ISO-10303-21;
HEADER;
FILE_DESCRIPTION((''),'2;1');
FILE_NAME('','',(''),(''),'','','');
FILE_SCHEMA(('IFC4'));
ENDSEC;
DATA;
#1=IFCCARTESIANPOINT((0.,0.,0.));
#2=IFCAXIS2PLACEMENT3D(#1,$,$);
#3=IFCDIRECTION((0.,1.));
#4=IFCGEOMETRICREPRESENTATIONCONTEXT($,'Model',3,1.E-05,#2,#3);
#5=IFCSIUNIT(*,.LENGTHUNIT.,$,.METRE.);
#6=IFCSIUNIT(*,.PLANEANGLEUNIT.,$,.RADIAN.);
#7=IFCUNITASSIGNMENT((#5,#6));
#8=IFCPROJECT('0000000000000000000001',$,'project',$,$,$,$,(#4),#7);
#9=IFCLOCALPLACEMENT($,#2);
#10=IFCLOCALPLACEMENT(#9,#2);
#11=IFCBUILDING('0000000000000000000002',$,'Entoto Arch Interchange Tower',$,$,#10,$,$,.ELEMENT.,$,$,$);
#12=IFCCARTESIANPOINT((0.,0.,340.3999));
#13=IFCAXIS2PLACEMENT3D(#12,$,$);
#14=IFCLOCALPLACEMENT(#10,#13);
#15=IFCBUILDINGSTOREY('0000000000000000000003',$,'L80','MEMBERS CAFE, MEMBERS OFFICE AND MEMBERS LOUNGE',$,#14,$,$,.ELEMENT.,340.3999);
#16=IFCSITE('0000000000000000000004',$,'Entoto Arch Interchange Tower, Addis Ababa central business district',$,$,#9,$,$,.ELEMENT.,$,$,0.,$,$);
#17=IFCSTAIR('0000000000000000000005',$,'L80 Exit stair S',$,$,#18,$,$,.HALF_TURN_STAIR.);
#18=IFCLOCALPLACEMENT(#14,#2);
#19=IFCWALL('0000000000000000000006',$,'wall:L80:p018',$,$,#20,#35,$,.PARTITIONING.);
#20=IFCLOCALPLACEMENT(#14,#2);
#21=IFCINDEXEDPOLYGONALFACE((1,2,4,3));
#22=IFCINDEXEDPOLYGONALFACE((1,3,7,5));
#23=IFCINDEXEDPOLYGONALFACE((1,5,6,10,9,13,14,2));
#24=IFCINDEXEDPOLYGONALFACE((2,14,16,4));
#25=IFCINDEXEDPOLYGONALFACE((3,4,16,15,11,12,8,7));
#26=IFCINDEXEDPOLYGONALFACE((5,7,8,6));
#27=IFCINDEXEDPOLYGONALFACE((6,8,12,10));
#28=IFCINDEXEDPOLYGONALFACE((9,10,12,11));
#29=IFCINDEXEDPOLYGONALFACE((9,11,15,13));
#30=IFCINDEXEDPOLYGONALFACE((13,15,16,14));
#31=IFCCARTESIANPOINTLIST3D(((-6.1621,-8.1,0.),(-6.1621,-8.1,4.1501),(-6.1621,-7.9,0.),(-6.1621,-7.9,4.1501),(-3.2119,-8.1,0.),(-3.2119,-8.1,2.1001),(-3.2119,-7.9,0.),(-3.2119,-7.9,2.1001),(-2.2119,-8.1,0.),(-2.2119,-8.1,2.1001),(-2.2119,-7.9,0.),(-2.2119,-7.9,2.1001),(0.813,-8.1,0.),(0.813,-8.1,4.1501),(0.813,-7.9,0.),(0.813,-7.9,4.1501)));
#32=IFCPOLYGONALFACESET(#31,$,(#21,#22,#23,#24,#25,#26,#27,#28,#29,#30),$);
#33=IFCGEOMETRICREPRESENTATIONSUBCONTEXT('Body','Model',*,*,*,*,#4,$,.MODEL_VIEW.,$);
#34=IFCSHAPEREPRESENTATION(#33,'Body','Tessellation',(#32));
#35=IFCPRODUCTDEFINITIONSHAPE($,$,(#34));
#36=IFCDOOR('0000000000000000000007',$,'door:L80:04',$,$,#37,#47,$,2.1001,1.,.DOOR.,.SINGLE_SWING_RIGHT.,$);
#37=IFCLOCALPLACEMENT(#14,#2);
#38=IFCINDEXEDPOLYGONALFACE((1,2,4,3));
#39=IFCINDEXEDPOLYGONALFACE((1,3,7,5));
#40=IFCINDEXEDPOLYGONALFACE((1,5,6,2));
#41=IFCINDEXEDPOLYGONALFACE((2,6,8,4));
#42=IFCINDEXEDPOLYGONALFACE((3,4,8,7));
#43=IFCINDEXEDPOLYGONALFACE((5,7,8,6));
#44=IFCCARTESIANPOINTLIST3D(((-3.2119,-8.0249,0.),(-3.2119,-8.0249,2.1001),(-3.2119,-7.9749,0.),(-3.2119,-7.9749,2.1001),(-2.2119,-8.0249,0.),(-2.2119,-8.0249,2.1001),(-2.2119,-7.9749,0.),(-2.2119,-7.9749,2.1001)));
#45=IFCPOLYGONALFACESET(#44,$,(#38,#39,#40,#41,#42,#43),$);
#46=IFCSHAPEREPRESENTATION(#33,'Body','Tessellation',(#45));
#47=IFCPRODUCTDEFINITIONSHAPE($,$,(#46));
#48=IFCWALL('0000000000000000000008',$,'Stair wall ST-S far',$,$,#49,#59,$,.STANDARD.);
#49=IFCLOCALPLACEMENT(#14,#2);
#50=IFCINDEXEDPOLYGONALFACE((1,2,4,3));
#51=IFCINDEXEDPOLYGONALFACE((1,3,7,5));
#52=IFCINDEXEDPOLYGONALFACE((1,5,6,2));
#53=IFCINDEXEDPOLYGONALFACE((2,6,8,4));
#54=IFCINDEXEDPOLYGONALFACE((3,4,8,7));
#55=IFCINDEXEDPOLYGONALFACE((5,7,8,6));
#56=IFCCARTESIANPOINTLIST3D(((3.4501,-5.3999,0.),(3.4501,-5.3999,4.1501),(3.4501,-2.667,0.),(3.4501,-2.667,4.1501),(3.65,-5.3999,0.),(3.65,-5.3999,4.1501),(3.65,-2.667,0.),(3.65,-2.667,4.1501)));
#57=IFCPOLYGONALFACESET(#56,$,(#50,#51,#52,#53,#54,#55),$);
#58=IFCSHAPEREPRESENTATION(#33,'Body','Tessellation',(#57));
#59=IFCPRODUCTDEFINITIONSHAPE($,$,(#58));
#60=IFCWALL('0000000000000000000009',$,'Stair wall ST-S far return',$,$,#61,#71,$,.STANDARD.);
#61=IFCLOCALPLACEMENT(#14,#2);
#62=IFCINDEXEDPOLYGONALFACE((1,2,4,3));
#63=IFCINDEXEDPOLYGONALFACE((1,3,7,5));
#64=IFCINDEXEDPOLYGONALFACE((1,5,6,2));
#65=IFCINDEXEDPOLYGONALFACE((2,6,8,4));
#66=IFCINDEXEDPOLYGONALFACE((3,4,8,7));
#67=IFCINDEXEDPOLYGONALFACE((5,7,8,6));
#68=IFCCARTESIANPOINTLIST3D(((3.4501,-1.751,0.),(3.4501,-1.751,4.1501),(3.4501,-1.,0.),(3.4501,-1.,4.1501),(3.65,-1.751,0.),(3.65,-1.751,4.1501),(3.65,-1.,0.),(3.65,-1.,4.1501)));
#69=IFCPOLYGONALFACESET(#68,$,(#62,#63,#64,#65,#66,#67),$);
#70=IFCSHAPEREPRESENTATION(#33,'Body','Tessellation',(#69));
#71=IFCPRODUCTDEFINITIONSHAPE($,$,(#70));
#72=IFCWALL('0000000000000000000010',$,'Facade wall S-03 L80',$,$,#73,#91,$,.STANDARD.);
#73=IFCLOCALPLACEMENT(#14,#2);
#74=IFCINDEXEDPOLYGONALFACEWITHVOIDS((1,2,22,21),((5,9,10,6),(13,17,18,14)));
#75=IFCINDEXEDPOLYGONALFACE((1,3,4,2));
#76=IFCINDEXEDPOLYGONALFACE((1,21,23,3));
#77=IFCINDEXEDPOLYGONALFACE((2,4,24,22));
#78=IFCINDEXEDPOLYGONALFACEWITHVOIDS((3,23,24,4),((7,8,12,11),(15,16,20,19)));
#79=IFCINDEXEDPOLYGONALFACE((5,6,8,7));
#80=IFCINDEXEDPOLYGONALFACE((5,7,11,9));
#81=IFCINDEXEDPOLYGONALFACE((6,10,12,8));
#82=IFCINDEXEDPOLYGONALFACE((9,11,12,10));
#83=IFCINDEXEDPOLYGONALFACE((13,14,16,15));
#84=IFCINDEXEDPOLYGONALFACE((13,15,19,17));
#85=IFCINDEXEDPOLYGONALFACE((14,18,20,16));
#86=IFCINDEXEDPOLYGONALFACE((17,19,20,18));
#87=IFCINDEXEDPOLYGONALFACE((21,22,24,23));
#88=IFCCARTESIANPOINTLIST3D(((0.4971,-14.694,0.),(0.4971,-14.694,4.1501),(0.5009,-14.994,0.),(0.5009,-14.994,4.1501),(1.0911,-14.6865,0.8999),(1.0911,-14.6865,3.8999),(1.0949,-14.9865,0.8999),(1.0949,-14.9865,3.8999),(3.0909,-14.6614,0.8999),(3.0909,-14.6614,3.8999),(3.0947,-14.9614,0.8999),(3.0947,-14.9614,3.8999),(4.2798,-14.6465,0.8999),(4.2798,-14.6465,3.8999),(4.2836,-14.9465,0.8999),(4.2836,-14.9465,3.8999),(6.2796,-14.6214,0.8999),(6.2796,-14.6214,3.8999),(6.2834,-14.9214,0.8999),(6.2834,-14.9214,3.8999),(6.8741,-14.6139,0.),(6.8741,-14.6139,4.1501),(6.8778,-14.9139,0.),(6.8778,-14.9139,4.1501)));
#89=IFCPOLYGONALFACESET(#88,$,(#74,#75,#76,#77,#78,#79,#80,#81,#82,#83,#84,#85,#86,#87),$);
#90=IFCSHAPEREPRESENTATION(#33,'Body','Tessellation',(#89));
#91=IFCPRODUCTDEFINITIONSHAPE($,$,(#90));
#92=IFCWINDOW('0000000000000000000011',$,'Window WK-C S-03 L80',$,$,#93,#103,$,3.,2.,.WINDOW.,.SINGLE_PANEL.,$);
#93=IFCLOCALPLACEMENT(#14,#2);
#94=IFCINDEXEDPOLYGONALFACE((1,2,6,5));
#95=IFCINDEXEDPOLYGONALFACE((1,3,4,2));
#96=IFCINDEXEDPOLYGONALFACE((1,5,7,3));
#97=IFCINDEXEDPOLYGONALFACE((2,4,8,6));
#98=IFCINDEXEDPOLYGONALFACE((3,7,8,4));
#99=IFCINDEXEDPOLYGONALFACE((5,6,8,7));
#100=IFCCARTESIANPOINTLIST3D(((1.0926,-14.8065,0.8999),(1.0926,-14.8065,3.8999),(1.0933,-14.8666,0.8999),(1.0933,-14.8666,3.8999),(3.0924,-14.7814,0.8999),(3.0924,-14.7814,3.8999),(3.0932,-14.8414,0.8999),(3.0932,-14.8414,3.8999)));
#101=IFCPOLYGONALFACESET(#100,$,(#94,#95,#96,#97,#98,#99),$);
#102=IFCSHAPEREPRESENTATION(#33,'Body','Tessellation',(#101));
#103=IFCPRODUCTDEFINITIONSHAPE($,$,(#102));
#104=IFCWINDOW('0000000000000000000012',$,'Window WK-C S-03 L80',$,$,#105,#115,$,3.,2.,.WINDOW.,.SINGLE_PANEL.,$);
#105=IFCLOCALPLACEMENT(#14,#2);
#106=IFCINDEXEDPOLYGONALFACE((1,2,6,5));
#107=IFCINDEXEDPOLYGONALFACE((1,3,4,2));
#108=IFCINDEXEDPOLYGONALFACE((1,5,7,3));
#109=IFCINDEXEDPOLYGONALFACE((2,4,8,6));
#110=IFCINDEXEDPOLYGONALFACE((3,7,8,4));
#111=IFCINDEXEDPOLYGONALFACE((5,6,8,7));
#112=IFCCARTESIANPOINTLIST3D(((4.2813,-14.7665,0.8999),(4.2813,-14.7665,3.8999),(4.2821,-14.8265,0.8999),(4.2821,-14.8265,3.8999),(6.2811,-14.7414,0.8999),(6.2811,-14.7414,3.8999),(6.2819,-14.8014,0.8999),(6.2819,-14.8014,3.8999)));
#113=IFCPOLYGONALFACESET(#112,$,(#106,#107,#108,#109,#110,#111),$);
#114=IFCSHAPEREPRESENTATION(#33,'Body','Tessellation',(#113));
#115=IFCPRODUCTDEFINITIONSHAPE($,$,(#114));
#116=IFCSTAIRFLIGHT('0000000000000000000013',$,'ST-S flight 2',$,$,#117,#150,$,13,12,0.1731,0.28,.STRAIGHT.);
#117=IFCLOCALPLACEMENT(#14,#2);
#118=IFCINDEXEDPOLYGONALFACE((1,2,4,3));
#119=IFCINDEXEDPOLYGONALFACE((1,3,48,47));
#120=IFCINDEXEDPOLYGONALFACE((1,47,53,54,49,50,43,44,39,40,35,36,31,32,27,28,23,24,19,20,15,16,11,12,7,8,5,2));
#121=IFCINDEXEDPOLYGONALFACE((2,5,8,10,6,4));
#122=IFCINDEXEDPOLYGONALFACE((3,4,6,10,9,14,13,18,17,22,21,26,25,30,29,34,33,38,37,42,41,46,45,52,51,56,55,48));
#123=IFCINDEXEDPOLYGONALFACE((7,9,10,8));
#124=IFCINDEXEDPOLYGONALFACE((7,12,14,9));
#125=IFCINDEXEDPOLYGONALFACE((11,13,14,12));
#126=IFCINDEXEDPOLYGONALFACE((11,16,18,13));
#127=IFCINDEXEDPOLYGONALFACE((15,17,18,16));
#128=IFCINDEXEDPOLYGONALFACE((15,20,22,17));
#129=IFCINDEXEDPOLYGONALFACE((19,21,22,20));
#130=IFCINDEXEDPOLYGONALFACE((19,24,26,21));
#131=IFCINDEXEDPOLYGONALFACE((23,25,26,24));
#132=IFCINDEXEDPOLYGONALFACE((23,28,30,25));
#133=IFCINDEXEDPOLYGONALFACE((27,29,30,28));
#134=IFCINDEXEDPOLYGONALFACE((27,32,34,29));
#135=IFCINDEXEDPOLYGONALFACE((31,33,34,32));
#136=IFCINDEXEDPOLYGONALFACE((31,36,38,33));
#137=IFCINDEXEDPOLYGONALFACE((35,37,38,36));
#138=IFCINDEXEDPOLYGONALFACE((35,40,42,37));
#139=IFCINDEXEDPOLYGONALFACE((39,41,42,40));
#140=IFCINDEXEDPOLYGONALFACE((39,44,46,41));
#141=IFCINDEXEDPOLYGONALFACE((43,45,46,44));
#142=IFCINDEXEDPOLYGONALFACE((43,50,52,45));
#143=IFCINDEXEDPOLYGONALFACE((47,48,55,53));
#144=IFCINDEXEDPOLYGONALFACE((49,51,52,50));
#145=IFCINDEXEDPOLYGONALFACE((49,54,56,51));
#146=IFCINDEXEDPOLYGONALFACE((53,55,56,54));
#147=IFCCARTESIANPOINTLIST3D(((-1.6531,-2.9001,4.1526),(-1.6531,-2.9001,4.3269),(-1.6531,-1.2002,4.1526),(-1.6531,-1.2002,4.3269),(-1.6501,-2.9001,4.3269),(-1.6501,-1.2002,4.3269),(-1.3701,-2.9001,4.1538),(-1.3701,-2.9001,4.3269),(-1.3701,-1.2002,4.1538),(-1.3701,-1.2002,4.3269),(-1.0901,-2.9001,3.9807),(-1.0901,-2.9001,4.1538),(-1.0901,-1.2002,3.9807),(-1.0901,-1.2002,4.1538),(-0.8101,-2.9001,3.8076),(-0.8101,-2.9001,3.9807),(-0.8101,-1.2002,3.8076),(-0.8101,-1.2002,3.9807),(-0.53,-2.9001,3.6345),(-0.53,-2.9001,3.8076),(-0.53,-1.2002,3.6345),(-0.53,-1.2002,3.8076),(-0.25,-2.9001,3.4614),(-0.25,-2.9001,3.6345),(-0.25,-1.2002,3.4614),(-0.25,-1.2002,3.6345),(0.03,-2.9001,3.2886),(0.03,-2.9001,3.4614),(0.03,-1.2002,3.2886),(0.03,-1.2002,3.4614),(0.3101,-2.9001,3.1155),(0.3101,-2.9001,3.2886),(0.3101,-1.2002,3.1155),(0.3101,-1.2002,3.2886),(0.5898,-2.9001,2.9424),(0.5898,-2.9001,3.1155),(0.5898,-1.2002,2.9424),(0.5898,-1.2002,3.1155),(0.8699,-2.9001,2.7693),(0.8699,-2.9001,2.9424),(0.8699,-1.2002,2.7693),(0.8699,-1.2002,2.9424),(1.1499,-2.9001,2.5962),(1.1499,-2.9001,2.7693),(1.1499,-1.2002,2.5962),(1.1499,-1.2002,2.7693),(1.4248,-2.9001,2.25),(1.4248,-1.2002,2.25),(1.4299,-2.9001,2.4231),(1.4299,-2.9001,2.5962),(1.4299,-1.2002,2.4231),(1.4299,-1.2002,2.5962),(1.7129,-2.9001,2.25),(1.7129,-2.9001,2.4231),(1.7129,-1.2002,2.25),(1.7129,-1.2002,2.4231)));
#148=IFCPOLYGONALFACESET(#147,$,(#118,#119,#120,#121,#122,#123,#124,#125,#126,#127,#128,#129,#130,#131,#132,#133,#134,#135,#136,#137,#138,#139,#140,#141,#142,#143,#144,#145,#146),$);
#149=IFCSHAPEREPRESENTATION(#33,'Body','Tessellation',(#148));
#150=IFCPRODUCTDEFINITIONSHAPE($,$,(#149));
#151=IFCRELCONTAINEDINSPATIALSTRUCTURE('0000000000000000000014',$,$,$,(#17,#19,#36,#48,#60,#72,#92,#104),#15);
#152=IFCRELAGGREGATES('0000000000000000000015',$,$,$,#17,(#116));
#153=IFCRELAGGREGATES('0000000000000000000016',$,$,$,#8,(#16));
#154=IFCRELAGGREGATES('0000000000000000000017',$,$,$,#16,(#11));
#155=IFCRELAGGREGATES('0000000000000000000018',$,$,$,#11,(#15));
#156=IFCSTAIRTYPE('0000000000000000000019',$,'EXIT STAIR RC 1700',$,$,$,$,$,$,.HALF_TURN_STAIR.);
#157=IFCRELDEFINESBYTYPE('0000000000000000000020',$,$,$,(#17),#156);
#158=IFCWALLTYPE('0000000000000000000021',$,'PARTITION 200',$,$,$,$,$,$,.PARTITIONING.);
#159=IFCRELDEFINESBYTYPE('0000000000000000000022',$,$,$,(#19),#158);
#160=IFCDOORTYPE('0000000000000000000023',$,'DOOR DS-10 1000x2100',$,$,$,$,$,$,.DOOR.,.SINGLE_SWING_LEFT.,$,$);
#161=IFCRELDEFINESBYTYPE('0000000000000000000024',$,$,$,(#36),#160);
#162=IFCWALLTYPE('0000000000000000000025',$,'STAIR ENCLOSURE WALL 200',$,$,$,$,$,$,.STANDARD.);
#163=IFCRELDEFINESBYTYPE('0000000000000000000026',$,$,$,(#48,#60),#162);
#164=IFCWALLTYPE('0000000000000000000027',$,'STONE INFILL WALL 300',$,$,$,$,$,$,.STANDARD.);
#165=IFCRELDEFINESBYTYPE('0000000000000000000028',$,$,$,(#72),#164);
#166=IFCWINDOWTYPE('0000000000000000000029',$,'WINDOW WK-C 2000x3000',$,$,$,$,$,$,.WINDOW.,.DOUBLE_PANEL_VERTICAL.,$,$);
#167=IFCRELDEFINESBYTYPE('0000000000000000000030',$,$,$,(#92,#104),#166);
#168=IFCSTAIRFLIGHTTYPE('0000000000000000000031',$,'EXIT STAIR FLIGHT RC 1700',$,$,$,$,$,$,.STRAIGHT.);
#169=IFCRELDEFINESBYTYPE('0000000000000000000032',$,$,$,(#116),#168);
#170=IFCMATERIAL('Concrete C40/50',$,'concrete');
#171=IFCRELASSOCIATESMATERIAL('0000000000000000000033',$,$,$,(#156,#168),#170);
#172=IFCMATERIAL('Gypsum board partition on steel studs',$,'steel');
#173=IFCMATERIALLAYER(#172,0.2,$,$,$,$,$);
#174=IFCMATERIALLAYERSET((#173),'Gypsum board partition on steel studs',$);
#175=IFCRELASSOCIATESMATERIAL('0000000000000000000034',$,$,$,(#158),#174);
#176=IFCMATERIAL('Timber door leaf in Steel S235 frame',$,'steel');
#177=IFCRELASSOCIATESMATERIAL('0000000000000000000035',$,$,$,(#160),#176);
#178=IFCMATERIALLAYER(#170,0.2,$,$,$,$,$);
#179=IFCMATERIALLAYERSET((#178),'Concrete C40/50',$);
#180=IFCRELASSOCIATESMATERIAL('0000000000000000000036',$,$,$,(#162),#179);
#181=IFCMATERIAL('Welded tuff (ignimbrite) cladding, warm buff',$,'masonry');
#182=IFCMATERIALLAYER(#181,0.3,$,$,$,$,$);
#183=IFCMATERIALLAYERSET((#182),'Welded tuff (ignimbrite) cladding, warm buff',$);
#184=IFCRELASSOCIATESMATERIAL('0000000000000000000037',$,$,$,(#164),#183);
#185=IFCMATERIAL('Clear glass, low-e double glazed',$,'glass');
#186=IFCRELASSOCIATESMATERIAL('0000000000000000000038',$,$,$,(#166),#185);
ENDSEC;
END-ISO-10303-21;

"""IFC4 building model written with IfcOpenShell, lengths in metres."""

from ifc_helpers import new_model, si_unit, direction, frame, frame_2d, origin, place, context, subcontext, project, spatial, polyline, rectangle, outline, extrude, material, layer, layer_set, type_object, element, fill, aggregate, save


model = new_model("IFC4")

# Units and contexts
model_context = context("Model", 3, precision=1e-05, world=origin(), true_north=direction((0.0, 1.0)))
body_context = subcontext(model_context, "Body", "Model", "MODEL_VIEW")
ifc_project = project(units=[si_unit("LENGTHUNIT", "METRE"), si_unit("PLANEANGLEUNIT", "RADIAN")], contexts=[model_context])

# Site, building, storey
site_placement = place(None, origin())
site = spatial("IfcSite", under=ifc_project, at=site_placement, Name="Entoto Arch Interchange Tower, Addis Ababa central business district", CompositionType="ELEMENT", RefElevation=0.0)
building_placement = place(site_placement, origin())
building = spatial("IfcBuilding", under=site, at=building_placement, Name="Entoto Arch Interchange Tower", CompositionType="ELEMENT")
storey_placement = place(building_placement, frame((0.0, 0.0, 340.3999)))
storey = spatial("IfcBuildingStorey", under=building, at=storey_placement, Name="L80", Description="MEMBERS CAFE, MEMBERS OFFICE AND MEMBERS LOUNGE", CompositionType="ELEMENT", Elevation=340.3999)

# Shared definitions
ifc_material_1 = material(Name="Concrete C40/50", Category="concrete")

# Stair
stair_type = type_object("IfcStairType", Name="EXIT STAIR RC 1700", PredefinedType="HALF_TURN_STAIR", material=ifc_material_1)
stair_1_placement = place(storey_placement, origin())
stair_1 = element("IfcStair", 1, at=stair_1_placement, inside=storey, type_object=stair_type, Name="L80 Exit stair S", PredefinedType="HALF_TURN_STAIR")

# Shared definitions
ifc_material_2 = material(Name="Gypsum board partition on steel studs", Category="steel")
ifc_layer_1 = layer(ifc_material_2, 0.2)
ifc_layer_set_1 = layer_set([ifc_layer_1], Name="Gypsum board partition on steel studs")
wall_type_1 = type_object("IfcWallType", Name="PARTITION 200", PredefinedType="PARTITIONING", material=ifc_layer_set_1)

# Wall, opening, door
wall_1_placement = place(storey_placement, frame((0.813, -8.0, 0.0), z_axis=(0.0, 0.0, 1.0), x_axis=(-1.0, 0.0, 0.0)))
wall_1 = element("IfcWall", 2, at=wall_1_placement, inside=storey, type_object=wall_type_1, Name="wall:L80:p018", PredefinedType="PARTITIONING", context=body_context, shape_type="SweptSolid", body=[
    extrude(rectangle(XDim=6.9751, YDim=0.2, at=frame_2d((3.4875, 0.0))), origin(), (0.0, 0.0, 1.0), 4.1501),
])
opening_1_placement = place(wall_1_placement, frame((3.0249, 0.0, 0.0)))
opening_1 = element("IfcOpeningElement", 3, at=opening_1_placement, cuts=wall_1, PredefinedType="OPENING", context=body_context, shape_type="SweptSolid", body=[
    extrude(rectangle(XDim=1.0, YDim=2.1001, at=frame_2d((0.5, 1.05))), frame((0.0, 0.1099, 0.0), z_axis=(0.0, -1.0, 0.0), x_axis=(1.0, 0.0, 0.0)), (0.0, 0.0, 1.0), 0.22),
])
ifc_material_3 = material(Name="Timber door leaf in Steel S235 frame", Category="steel")
door_type_1 = type_object("IfcDoorType", Name="DOOR DS-10 1000x2100", OperationType="SINGLE_SWING_LEFT", PredefinedType="DOOR", material=ifc_material_3)
door_1_placement = place(opening_1_placement, origin())
door_1 = element("IfcDoor", 4, at=door_1_placement, inside=storey, type_object=door_type_1, Name="door:L80:04", OperationType="SINGLE_SWING_RIGHT", OverallHeight=2.1001, OverallWidth=1.0, PredefinedType="DOOR", context=body_context, shape_type="SweptSolid", body=[
    extrude(rectangle(XDim=1.0, YDim=2.1001, at=frame_2d((0.5, 1.05))), frame((0.0, 0.0249, 0.0), z_axis=(0.0, -1.0, 0.0), x_axis=(1.0, 0.0, 0.0)), (0.0, 0.0, 1.0), 0.05),
])
fill(opening_1, door_1)

# Walls
ifc_layer_2 = layer(ifc_material_1, 0.2)
ifc_layer_set_2 = layer_set([ifc_layer_2], Name="Concrete C40/50")
wall_type_2 = type_object("IfcWallType", Name="STAIR ENCLOSURE WALL 200", PredefinedType="STANDARD", material=ifc_layer_set_2)
wall_2_placement = place(storey_placement, frame((3.55, -2.667, 0.0), z_axis=(0.0, 0.0, 1.0), x_axis=(0.0, -1.0, 0.0)))
element("IfcWall", 5, at=wall_2_placement, inside=storey, type_object=wall_type_2, Name="Stair wall ST-S far", PredefinedType="STANDARD", context=body_context, shape_type="SweptSolid", body=[
    extrude(rectangle(XDim=2.7329, YDim=0.2, at=frame_2d((1.3665, 0.0))), origin(), (0.0, 0.0, 1.0), 4.1501),
])
wall_3_placement = place(storey_placement, frame((3.55, -1.0, 0.0), z_axis=(0.0, 0.0, 1.0), x_axis=(0.0, -1.0, 0.0)))
element("IfcWall", 6, at=wall_3_placement, inside=storey, type_object=wall_type_2, Name="Stair wall ST-S far return", PredefinedType="STANDARD", context=body_context, shape_type="SweptSolid", body=[
    extrude(rectangle(XDim=0.751, YDim=0.2, at=frame_2d((0.3755, 0.0))), origin(), (0.0, 0.0, 1.0), 4.1501),
])

# Wall, openings, windows
ifc_material_4 = material(Name="Welded tuff (ignimbrite) cladding, warm buff", Category="masonry")
ifc_layer_3 = layer(ifc_material_4, 0.3)
ifc_layer_set_3 = layer_set([ifc_layer_3], Name="Welded tuff (ignimbrite) cladding, warm buff")
wall_type_3 = type_object("IfcWallType", Name="STONE INFILL WALL 300", PredefinedType="STANDARD", material=ifc_layer_set_3)
wall_4_placement = place(storey_placement, frame((0.499, -14.844, 0.0), z_axis=(0.0, 0.0, 1.0), x_axis=(0.999921, 0.012556, 0.0)))
wall_4 = element("IfcWall", 7, at=wall_4_placement, inside=storey, type_object=wall_type_3, Name="Facade wall S-03 L80", PredefinedType="STANDARD", context=body_context, shape_type="SweptSolid", body=[
    extrude(rectangle(XDim=6.3774, YDim=0.3, at=frame_2d((3.1887, 0.0))), origin(), (0.0, 0.0, 1.0), 4.1501),
])
opening_2_placement = place(wall_4_placement, frame((0.594, 0.0, 0.8999)))
opening_2 = element("IfcOpeningElement", 8, at=opening_2_placement, cuts=wall_4, PredefinedType="OPENING", context=body_context, shape_type="SweptSolid", body=[
    extrude(rectangle(XDim=2.0, YDim=3.0, at=frame_2d((1.0, 1.5))), frame((0.0, 0.1602, 0.0), z_axis=(0.0, -1.0, 0.0), x_axis=(1.0, 0.0, 0.0)), (0.0, 0.0, 1.0), 0.3201),
])
opening_3_placement = place(wall_4_placement, frame((3.783, 0.0, 0.8999)))
opening_3 = element("IfcOpeningElement", 9, at=opening_3_placement, cuts=wall_4, PredefinedType="OPENING", context=body_context, shape_type="SweptSolid", body=[
    extrude(rectangle(XDim=2.0, YDim=3.0, at=frame_2d((1.0, 1.5))), frame((0.0, 0.1602, 0.0), z_axis=(0.0, -1.0, 0.0), x_axis=(1.0, 0.0, 0.0)), (0.0, 0.0, 1.0), 0.3201),
])
ifc_material_5 = material(Name="Clear glass, low-e double glazed", Category="glass")
window_type = type_object("IfcWindowType", Name="WINDOW WK-C 2000x3000", PartitioningType="DOUBLE_PANEL_VERTICAL", PredefinedType="WINDOW", material=ifc_material_5)
window_1_placement = place(opening_2_placement, origin())
window_1 = element("IfcWindow", 10, at=window_1_placement, inside=storey, type_object=window_type, Name="Window WK-C S-03 L80", OverallHeight=3.0, OverallWidth=2.0, PartitioningType="SINGLE_PANEL", PredefinedType="WINDOW", context=body_context, shape_type="SweptSolid", body=[
    extrude(rectangle(XDim=2.0, YDim=3.0, at=frame_2d((1.0, 1.5))), frame((0.0, 0.03, 0.0), z_axis=(0.0, -1.0, 0.0), x_axis=(1.0, 0.0, 0.0)), (0.0, 0.0, 1.0), 0.0601),
])
fill(opening_2, window_1)
window_2_placement = place(opening_3_placement, origin())
window_2 = element("IfcWindow", 11, at=window_2_placement, inside=storey, type_object=window_type, Name="Window WK-C S-03 L80", OverallHeight=3.0, OverallWidth=2.0, PartitioningType="SINGLE_PANEL", PredefinedType="WINDOW", context=body_context, shape_type="SweptSolid", body=[
    extrude(rectangle(XDim=2.0, YDim=3.0, at=frame_2d((1.0, 1.5))), frame((0.0, 0.03, 0.0), z_axis=(0.0, -1.0, 0.0), x_axis=(1.0, 0.0, 0.0)), (0.0, 0.0, 1.0), 0.0601),
])
fill(opening_3, window_2)

# Stair flight
stair_flight_type = type_object("IfcStairFlightType", Name="EXIT STAIR FLIGHT RC 1700", PredefinedType="STRAIGHT", material=ifc_material_1)
stair_flight_placement = place(storey_placement, frame((1.71, -2.05, 2.25), z_axis=(0.0, 0.0, 1.0), x_axis=(-1.0, 0.0, 0.0)))
stair_flight = element("IfcStairFlight", 12, at=stair_flight_placement, type_object=stair_flight_type, Name="ST-S flight 2", NumberOfRisers=13, NumberOfTreads=12, PredefinedType="STRAIGHT", RiserHeight=0.1731, TreadLength=0.28, context=body_context, shape_type="SweptSolid", body=[
    extrude(outline(polyline([(-0.0029, 0.0), (-0.0029, 0.1731), (0.28, 0.1731), (0.28, 0.3462), (0.5601, 0.3462), (0.5601, 0.5193), (0.8401, 0.5193), (0.8401, 0.6924), (1.1201, 0.6924), (1.1201, 0.8655), (1.3999, 0.8655), (1.3999, 1.0386), (1.6799, 1.0386), (1.6799, 1.2114), (1.96, 1.2114), (1.96, 1.3845), (2.24, 1.3845), (2.24, 1.5576), (2.52, 1.5576), (2.52, 1.7307), (2.8, 1.7307), (2.8, 1.9038), (3.0801, 1.9038), (3.0801, 2.0769), (3.3601, 2.0769), (3.363, 2.0769), (3.363, 1.9026), (0.2852, 0.0), (-0.0029, 0.0)])), frame((0.0, 0.8501, 0.0), z_axis=(0.0, -1.0, 0.0), x_axis=(1.0, 0.0, 0.0)), (0.0, 0.0, 1.0), 1.7),
])
aggregate(stair_1, [stair_flight])

save(model, "model.ifc")
